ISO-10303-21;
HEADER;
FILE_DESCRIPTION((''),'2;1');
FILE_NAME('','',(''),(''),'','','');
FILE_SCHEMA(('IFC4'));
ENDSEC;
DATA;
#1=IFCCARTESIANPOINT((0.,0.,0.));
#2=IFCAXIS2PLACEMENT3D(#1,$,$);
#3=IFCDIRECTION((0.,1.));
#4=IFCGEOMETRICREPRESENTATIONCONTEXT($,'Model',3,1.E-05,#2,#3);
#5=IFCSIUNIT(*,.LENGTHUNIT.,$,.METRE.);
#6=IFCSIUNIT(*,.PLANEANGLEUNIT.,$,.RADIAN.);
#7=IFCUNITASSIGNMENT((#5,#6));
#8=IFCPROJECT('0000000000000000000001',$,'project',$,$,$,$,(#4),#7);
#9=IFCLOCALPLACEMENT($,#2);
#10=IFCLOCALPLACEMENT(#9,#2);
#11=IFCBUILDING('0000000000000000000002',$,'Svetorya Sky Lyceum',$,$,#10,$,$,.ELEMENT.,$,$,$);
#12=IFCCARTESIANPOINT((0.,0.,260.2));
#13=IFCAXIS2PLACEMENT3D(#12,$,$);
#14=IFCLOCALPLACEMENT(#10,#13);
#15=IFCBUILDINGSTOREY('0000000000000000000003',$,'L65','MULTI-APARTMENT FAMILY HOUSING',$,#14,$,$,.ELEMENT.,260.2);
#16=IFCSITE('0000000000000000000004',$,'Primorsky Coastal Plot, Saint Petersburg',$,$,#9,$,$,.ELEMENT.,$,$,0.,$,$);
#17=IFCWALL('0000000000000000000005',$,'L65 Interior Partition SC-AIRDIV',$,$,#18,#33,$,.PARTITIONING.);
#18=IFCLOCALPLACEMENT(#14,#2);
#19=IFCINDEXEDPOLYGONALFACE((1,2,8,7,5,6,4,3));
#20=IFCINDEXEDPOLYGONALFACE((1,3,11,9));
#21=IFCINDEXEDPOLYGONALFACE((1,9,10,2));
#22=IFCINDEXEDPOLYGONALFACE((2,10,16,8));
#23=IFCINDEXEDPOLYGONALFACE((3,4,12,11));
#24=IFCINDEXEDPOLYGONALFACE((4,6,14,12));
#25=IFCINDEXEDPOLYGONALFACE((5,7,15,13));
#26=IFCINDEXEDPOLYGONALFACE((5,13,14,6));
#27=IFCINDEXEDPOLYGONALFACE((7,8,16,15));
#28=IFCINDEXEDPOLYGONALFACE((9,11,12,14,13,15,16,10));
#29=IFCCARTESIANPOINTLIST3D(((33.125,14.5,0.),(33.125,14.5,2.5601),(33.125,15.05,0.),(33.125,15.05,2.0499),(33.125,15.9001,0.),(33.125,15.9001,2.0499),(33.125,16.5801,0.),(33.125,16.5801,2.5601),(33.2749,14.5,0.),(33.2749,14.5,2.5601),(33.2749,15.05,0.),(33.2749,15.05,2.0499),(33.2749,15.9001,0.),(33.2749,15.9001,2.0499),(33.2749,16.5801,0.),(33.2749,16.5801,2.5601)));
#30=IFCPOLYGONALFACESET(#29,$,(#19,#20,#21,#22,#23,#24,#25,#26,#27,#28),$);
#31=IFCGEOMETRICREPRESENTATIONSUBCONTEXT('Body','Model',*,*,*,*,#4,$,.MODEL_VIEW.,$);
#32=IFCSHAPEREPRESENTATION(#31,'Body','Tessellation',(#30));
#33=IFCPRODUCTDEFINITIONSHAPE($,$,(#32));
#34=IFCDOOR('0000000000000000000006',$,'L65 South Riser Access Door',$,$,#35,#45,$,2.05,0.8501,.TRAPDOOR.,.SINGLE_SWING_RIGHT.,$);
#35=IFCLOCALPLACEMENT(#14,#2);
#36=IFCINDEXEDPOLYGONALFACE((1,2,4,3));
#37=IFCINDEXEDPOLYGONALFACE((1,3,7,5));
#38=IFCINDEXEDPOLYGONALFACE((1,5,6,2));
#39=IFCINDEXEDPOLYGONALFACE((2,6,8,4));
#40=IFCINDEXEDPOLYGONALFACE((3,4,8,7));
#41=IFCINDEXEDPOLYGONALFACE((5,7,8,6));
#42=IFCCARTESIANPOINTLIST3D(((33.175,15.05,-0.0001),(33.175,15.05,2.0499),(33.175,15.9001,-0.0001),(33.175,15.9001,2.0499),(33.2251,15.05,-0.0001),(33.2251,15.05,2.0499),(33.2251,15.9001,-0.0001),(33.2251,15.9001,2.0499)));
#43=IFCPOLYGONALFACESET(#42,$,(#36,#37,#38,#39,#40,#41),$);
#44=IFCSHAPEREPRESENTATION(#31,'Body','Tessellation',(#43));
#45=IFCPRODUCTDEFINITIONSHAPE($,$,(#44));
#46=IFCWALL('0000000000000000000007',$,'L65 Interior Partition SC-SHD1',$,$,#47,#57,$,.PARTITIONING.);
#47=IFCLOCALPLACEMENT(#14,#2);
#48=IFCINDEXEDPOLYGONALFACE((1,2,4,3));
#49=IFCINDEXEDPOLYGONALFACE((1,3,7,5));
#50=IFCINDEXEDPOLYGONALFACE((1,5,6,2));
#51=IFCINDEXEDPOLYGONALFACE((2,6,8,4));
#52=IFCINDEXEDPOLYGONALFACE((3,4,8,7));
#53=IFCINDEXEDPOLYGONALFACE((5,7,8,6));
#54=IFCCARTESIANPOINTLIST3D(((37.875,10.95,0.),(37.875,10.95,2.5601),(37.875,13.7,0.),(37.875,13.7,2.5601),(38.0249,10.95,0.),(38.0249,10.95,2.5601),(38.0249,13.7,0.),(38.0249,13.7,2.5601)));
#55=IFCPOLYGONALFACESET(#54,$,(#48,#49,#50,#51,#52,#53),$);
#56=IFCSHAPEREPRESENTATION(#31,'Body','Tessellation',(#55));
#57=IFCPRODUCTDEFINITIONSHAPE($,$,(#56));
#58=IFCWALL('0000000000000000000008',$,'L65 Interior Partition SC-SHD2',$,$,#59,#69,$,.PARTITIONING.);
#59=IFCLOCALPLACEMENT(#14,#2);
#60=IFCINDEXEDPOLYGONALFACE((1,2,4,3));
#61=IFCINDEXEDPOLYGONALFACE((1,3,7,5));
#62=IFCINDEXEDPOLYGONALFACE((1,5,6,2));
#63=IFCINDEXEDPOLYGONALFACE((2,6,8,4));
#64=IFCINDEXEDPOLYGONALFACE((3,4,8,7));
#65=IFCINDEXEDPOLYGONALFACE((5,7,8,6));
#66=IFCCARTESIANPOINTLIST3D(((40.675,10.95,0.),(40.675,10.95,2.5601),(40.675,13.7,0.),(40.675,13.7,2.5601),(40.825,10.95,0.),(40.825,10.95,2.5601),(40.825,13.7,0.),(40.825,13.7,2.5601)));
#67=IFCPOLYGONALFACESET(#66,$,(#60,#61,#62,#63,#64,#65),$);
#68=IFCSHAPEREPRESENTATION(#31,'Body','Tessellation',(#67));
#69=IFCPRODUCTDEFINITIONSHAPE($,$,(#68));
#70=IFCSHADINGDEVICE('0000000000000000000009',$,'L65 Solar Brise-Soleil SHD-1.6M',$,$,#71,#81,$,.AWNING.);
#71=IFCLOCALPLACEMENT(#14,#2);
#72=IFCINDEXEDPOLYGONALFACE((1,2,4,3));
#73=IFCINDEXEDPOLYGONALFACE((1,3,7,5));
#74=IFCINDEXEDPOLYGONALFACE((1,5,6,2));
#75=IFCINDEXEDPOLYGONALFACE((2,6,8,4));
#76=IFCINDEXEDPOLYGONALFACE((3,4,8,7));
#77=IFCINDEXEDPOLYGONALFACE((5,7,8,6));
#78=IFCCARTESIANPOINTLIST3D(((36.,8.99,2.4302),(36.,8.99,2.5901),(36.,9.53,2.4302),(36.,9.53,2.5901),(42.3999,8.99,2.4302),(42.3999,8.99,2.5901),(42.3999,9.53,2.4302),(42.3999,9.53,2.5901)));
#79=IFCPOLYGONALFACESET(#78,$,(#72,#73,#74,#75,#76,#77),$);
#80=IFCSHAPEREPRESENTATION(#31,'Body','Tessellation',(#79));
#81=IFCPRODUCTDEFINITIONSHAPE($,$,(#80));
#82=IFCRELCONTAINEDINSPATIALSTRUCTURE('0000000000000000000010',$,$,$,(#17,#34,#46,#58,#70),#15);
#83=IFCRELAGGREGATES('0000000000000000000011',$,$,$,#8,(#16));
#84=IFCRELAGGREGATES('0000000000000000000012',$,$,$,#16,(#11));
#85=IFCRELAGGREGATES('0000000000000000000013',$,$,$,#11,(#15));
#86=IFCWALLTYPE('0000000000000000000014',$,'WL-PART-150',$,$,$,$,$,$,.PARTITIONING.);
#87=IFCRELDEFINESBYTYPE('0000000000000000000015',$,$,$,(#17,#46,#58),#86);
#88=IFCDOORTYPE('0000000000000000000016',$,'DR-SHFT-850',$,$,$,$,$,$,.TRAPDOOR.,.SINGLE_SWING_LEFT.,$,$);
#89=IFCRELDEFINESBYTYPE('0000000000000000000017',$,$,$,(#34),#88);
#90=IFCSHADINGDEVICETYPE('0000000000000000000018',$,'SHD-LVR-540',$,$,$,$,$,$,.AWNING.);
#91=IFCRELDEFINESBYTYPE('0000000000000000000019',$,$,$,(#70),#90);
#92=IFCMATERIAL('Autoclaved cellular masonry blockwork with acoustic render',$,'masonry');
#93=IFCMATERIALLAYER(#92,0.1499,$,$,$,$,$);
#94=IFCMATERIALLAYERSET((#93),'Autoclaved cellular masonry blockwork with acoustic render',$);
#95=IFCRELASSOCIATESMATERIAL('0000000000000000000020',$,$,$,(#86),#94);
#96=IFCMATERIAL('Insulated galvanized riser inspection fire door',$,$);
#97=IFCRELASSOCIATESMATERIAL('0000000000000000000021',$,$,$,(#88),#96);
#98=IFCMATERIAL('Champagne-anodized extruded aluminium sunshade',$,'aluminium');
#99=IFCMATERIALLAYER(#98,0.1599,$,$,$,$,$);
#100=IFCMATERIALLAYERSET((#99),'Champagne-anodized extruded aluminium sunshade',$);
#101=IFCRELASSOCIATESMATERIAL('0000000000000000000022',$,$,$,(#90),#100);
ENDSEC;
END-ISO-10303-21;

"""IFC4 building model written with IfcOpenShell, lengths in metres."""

from ifc_helpers import new_model, si_unit, direction, frame, frame_2d, origin, origin_2d, place, context, subcontext, project, spatial, rectangle, extrude, material, layer, layer_set, type_object, element, fill, save


model = new_model("IFC4")

# Units and contexts
model_context = context("Model", 3, precision=1e-05, world=origin(), true_north=direction((0.0, 1.0)))
body_context = subcontext(model_context, "Body", "Model", "MODEL_VIEW")
ifc_project = project(units=[si_unit("LENGTHUNIT", "METRE"), si_unit("PLANEANGLEUNIT", "RADIAN")], contexts=[model_context])

# Site, building, storey
site_placement = place(None, origin())
site = spatial("IfcSite", under=ifc_project, at=site_placement, Name="Primorsky Coastal Plot, Saint Petersburg", CompositionType="ELEMENT", RefElevation=0.0)
building_placement = place(site_placement, origin())
building = spatial("IfcBuilding", under=site, at=building_placement, Name="Svetorya Sky Lyceum", CompositionType="ELEMENT")
storey_placement = place(building_placement, frame((0.0, 0.0, 260.2)))
storey = spatial("IfcBuildingStorey", under=building, at=storey_placement, Name="L65", Description="MULTI-APARTMENT FAMILY HOUSING", CompositionType="ELEMENT", Elevation=260.2)

# Wall, opening, door
ifc_material_1 = material(Name="Autoclaved cellular masonry blockwork with acoustic render", Category="masonry")
ifc_layer_1 = layer(ifc_material_1, 0.1499)
ifc_layer_set_1 = layer_set([ifc_layer_1], Name="Autoclaved cellular masonry blockwork with acoustic render")
wall_type_1 = type_object("IfcWallType", Name="WL-PART-150", PredefinedType="PARTITIONING", material=ifc_layer_set_1)
wall_1_placement = place(storey_placement, frame((33.2, 14.5, 0.0), z_axis=(0.0, 0.0, 1.0), x_axis=(0.0, 1.0, 0.0)))
wall_1 = element("IfcWall", 1, at=wall_1_placement, inside=storey, type_object=wall_type_1, Name="L65 Interior Partition SC-AIRDIV", PredefinedType="PARTITIONING", context=body_context, shape_type="SweptSolid", body=[
    extrude(rectangle(XDim=2.0801, YDim=0.1499, at=frame_2d((1.04, 0.0))), origin(), (0.0, 0.0, 1.0), 2.5601),
])
opening_1_placement = place(wall_1_placement, frame((0.55, 0.0, 0.0)))
opening_1 = element("IfcOpeningElement", 2, at=opening_1_placement, cuts=wall_1, PredefinedType="OPENING", context=body_context, shape_type="SweptSolid", body=[
    extrude(rectangle(XDim=0.8501, YDim=2.05, at=frame_2d((0.425, 1.0249))), frame((0.0, 0.085, 0.0), z_axis=(0.0, -1.0, 0.0), x_axis=(1.0, 0.0, 0.0)), (0.0, 0.0, 1.0), 0.1699),
])
ifc_material_2 = material(Name="Insulated galvanized riser inspection fire door")
door_type_1 = type_object("IfcDoorType", Name="DR-SHFT-850", OperationType="SINGLE_SWING_LEFT", PredefinedType="TRAPDOOR", material=ifc_material_2)
door_1_placement = place(opening_1_placement, origin())
door_1 = element("IfcDoor", 3, at=door_1_placement, inside=storey, type_object=door_type_1, Name="L65 South Riser Access Door", OperationType="SINGLE_SWING_RIGHT", OverallHeight=2.05, OverallWidth=0.8501, PredefinedType="TRAPDOOR", context=body_context, shape_type="SweptSolid", body=[
    extrude(rectangle(XDim=0.8501, YDim=2.05, at=frame_2d((0.425, 1.0249))), frame((0.0, 0.0249, 0.0), z_axis=(0.0, -1.0, 0.0), x_axis=(1.0, 0.0, 0.0)), (0.0, 0.0, 1.0), 0.05),
])
fill(opening_1, door_1)

# Walls
for number, where, z_axis, x_axis, name in (
    (4, (37.95, 10.95, 0.0), (0.0, 0.0, 1.0), (0.0, 1.0, 0.0), "L65 Interior Partition SC-SHD1"),
    (5, (40.75, 10.95, 0.0), (0.0, 0.0, 1.0), (0.0, 1.0, 0.0), "L65 Interior Partition SC-SHD2"),
):
    element("IfcWall", number, at=place(storey_placement, frame(where, z_axis=z_axis, x_axis=x_axis)), inside=storey, type_object=wall_type_1, Name=name, PredefinedType="PARTITIONING", context=body_context, shape_type="SweptSolid", body=[
        extrude(rectangle(XDim=2.75, YDim=0.1499, at=frame_2d((1.375, 0.0))), origin(), (0.0, 0.0, 1.0), 2.5601),
    ])

# Shading device
ifc_material_3 = material(Name="Champagne-anodized extruded aluminium sunshade", Category="aluminium")
ifc_layer_2 = layer(ifc_material_3, 0.1599)
ifc_layer_set_2 = layer_set([ifc_layer_2], Name="Champagne-anodized extruded aluminium sunshade")
shading_device_type = type_object("IfcShadingDeviceType", Name="SHD-LVR-540", PredefinedType="AWNING", material=ifc_layer_set_2)
shading_device_placement = place(storey_placement, frame((39.2, 9.26, 2.4302), z_axis=(0.0, 0.0, 1.0), x_axis=(1.0, 0.0, 0.0)))
element("IfcShadingDevice", 6, at=shading_device_placement, inside=storey, type_object=shading_device_type, Name="L65 Solar Brise-Soleil SHD-1.6M", PredefinedType="AWNING", context=body_context, shape_type="SweptSolid", body=[
    extrude(rectangle(XDim=6.3999, YDim=0.54, at=origin_2d()), origin(), (0.0, 0.0, 1.0), 0.1599),
])

save(model, "model.ifc")
